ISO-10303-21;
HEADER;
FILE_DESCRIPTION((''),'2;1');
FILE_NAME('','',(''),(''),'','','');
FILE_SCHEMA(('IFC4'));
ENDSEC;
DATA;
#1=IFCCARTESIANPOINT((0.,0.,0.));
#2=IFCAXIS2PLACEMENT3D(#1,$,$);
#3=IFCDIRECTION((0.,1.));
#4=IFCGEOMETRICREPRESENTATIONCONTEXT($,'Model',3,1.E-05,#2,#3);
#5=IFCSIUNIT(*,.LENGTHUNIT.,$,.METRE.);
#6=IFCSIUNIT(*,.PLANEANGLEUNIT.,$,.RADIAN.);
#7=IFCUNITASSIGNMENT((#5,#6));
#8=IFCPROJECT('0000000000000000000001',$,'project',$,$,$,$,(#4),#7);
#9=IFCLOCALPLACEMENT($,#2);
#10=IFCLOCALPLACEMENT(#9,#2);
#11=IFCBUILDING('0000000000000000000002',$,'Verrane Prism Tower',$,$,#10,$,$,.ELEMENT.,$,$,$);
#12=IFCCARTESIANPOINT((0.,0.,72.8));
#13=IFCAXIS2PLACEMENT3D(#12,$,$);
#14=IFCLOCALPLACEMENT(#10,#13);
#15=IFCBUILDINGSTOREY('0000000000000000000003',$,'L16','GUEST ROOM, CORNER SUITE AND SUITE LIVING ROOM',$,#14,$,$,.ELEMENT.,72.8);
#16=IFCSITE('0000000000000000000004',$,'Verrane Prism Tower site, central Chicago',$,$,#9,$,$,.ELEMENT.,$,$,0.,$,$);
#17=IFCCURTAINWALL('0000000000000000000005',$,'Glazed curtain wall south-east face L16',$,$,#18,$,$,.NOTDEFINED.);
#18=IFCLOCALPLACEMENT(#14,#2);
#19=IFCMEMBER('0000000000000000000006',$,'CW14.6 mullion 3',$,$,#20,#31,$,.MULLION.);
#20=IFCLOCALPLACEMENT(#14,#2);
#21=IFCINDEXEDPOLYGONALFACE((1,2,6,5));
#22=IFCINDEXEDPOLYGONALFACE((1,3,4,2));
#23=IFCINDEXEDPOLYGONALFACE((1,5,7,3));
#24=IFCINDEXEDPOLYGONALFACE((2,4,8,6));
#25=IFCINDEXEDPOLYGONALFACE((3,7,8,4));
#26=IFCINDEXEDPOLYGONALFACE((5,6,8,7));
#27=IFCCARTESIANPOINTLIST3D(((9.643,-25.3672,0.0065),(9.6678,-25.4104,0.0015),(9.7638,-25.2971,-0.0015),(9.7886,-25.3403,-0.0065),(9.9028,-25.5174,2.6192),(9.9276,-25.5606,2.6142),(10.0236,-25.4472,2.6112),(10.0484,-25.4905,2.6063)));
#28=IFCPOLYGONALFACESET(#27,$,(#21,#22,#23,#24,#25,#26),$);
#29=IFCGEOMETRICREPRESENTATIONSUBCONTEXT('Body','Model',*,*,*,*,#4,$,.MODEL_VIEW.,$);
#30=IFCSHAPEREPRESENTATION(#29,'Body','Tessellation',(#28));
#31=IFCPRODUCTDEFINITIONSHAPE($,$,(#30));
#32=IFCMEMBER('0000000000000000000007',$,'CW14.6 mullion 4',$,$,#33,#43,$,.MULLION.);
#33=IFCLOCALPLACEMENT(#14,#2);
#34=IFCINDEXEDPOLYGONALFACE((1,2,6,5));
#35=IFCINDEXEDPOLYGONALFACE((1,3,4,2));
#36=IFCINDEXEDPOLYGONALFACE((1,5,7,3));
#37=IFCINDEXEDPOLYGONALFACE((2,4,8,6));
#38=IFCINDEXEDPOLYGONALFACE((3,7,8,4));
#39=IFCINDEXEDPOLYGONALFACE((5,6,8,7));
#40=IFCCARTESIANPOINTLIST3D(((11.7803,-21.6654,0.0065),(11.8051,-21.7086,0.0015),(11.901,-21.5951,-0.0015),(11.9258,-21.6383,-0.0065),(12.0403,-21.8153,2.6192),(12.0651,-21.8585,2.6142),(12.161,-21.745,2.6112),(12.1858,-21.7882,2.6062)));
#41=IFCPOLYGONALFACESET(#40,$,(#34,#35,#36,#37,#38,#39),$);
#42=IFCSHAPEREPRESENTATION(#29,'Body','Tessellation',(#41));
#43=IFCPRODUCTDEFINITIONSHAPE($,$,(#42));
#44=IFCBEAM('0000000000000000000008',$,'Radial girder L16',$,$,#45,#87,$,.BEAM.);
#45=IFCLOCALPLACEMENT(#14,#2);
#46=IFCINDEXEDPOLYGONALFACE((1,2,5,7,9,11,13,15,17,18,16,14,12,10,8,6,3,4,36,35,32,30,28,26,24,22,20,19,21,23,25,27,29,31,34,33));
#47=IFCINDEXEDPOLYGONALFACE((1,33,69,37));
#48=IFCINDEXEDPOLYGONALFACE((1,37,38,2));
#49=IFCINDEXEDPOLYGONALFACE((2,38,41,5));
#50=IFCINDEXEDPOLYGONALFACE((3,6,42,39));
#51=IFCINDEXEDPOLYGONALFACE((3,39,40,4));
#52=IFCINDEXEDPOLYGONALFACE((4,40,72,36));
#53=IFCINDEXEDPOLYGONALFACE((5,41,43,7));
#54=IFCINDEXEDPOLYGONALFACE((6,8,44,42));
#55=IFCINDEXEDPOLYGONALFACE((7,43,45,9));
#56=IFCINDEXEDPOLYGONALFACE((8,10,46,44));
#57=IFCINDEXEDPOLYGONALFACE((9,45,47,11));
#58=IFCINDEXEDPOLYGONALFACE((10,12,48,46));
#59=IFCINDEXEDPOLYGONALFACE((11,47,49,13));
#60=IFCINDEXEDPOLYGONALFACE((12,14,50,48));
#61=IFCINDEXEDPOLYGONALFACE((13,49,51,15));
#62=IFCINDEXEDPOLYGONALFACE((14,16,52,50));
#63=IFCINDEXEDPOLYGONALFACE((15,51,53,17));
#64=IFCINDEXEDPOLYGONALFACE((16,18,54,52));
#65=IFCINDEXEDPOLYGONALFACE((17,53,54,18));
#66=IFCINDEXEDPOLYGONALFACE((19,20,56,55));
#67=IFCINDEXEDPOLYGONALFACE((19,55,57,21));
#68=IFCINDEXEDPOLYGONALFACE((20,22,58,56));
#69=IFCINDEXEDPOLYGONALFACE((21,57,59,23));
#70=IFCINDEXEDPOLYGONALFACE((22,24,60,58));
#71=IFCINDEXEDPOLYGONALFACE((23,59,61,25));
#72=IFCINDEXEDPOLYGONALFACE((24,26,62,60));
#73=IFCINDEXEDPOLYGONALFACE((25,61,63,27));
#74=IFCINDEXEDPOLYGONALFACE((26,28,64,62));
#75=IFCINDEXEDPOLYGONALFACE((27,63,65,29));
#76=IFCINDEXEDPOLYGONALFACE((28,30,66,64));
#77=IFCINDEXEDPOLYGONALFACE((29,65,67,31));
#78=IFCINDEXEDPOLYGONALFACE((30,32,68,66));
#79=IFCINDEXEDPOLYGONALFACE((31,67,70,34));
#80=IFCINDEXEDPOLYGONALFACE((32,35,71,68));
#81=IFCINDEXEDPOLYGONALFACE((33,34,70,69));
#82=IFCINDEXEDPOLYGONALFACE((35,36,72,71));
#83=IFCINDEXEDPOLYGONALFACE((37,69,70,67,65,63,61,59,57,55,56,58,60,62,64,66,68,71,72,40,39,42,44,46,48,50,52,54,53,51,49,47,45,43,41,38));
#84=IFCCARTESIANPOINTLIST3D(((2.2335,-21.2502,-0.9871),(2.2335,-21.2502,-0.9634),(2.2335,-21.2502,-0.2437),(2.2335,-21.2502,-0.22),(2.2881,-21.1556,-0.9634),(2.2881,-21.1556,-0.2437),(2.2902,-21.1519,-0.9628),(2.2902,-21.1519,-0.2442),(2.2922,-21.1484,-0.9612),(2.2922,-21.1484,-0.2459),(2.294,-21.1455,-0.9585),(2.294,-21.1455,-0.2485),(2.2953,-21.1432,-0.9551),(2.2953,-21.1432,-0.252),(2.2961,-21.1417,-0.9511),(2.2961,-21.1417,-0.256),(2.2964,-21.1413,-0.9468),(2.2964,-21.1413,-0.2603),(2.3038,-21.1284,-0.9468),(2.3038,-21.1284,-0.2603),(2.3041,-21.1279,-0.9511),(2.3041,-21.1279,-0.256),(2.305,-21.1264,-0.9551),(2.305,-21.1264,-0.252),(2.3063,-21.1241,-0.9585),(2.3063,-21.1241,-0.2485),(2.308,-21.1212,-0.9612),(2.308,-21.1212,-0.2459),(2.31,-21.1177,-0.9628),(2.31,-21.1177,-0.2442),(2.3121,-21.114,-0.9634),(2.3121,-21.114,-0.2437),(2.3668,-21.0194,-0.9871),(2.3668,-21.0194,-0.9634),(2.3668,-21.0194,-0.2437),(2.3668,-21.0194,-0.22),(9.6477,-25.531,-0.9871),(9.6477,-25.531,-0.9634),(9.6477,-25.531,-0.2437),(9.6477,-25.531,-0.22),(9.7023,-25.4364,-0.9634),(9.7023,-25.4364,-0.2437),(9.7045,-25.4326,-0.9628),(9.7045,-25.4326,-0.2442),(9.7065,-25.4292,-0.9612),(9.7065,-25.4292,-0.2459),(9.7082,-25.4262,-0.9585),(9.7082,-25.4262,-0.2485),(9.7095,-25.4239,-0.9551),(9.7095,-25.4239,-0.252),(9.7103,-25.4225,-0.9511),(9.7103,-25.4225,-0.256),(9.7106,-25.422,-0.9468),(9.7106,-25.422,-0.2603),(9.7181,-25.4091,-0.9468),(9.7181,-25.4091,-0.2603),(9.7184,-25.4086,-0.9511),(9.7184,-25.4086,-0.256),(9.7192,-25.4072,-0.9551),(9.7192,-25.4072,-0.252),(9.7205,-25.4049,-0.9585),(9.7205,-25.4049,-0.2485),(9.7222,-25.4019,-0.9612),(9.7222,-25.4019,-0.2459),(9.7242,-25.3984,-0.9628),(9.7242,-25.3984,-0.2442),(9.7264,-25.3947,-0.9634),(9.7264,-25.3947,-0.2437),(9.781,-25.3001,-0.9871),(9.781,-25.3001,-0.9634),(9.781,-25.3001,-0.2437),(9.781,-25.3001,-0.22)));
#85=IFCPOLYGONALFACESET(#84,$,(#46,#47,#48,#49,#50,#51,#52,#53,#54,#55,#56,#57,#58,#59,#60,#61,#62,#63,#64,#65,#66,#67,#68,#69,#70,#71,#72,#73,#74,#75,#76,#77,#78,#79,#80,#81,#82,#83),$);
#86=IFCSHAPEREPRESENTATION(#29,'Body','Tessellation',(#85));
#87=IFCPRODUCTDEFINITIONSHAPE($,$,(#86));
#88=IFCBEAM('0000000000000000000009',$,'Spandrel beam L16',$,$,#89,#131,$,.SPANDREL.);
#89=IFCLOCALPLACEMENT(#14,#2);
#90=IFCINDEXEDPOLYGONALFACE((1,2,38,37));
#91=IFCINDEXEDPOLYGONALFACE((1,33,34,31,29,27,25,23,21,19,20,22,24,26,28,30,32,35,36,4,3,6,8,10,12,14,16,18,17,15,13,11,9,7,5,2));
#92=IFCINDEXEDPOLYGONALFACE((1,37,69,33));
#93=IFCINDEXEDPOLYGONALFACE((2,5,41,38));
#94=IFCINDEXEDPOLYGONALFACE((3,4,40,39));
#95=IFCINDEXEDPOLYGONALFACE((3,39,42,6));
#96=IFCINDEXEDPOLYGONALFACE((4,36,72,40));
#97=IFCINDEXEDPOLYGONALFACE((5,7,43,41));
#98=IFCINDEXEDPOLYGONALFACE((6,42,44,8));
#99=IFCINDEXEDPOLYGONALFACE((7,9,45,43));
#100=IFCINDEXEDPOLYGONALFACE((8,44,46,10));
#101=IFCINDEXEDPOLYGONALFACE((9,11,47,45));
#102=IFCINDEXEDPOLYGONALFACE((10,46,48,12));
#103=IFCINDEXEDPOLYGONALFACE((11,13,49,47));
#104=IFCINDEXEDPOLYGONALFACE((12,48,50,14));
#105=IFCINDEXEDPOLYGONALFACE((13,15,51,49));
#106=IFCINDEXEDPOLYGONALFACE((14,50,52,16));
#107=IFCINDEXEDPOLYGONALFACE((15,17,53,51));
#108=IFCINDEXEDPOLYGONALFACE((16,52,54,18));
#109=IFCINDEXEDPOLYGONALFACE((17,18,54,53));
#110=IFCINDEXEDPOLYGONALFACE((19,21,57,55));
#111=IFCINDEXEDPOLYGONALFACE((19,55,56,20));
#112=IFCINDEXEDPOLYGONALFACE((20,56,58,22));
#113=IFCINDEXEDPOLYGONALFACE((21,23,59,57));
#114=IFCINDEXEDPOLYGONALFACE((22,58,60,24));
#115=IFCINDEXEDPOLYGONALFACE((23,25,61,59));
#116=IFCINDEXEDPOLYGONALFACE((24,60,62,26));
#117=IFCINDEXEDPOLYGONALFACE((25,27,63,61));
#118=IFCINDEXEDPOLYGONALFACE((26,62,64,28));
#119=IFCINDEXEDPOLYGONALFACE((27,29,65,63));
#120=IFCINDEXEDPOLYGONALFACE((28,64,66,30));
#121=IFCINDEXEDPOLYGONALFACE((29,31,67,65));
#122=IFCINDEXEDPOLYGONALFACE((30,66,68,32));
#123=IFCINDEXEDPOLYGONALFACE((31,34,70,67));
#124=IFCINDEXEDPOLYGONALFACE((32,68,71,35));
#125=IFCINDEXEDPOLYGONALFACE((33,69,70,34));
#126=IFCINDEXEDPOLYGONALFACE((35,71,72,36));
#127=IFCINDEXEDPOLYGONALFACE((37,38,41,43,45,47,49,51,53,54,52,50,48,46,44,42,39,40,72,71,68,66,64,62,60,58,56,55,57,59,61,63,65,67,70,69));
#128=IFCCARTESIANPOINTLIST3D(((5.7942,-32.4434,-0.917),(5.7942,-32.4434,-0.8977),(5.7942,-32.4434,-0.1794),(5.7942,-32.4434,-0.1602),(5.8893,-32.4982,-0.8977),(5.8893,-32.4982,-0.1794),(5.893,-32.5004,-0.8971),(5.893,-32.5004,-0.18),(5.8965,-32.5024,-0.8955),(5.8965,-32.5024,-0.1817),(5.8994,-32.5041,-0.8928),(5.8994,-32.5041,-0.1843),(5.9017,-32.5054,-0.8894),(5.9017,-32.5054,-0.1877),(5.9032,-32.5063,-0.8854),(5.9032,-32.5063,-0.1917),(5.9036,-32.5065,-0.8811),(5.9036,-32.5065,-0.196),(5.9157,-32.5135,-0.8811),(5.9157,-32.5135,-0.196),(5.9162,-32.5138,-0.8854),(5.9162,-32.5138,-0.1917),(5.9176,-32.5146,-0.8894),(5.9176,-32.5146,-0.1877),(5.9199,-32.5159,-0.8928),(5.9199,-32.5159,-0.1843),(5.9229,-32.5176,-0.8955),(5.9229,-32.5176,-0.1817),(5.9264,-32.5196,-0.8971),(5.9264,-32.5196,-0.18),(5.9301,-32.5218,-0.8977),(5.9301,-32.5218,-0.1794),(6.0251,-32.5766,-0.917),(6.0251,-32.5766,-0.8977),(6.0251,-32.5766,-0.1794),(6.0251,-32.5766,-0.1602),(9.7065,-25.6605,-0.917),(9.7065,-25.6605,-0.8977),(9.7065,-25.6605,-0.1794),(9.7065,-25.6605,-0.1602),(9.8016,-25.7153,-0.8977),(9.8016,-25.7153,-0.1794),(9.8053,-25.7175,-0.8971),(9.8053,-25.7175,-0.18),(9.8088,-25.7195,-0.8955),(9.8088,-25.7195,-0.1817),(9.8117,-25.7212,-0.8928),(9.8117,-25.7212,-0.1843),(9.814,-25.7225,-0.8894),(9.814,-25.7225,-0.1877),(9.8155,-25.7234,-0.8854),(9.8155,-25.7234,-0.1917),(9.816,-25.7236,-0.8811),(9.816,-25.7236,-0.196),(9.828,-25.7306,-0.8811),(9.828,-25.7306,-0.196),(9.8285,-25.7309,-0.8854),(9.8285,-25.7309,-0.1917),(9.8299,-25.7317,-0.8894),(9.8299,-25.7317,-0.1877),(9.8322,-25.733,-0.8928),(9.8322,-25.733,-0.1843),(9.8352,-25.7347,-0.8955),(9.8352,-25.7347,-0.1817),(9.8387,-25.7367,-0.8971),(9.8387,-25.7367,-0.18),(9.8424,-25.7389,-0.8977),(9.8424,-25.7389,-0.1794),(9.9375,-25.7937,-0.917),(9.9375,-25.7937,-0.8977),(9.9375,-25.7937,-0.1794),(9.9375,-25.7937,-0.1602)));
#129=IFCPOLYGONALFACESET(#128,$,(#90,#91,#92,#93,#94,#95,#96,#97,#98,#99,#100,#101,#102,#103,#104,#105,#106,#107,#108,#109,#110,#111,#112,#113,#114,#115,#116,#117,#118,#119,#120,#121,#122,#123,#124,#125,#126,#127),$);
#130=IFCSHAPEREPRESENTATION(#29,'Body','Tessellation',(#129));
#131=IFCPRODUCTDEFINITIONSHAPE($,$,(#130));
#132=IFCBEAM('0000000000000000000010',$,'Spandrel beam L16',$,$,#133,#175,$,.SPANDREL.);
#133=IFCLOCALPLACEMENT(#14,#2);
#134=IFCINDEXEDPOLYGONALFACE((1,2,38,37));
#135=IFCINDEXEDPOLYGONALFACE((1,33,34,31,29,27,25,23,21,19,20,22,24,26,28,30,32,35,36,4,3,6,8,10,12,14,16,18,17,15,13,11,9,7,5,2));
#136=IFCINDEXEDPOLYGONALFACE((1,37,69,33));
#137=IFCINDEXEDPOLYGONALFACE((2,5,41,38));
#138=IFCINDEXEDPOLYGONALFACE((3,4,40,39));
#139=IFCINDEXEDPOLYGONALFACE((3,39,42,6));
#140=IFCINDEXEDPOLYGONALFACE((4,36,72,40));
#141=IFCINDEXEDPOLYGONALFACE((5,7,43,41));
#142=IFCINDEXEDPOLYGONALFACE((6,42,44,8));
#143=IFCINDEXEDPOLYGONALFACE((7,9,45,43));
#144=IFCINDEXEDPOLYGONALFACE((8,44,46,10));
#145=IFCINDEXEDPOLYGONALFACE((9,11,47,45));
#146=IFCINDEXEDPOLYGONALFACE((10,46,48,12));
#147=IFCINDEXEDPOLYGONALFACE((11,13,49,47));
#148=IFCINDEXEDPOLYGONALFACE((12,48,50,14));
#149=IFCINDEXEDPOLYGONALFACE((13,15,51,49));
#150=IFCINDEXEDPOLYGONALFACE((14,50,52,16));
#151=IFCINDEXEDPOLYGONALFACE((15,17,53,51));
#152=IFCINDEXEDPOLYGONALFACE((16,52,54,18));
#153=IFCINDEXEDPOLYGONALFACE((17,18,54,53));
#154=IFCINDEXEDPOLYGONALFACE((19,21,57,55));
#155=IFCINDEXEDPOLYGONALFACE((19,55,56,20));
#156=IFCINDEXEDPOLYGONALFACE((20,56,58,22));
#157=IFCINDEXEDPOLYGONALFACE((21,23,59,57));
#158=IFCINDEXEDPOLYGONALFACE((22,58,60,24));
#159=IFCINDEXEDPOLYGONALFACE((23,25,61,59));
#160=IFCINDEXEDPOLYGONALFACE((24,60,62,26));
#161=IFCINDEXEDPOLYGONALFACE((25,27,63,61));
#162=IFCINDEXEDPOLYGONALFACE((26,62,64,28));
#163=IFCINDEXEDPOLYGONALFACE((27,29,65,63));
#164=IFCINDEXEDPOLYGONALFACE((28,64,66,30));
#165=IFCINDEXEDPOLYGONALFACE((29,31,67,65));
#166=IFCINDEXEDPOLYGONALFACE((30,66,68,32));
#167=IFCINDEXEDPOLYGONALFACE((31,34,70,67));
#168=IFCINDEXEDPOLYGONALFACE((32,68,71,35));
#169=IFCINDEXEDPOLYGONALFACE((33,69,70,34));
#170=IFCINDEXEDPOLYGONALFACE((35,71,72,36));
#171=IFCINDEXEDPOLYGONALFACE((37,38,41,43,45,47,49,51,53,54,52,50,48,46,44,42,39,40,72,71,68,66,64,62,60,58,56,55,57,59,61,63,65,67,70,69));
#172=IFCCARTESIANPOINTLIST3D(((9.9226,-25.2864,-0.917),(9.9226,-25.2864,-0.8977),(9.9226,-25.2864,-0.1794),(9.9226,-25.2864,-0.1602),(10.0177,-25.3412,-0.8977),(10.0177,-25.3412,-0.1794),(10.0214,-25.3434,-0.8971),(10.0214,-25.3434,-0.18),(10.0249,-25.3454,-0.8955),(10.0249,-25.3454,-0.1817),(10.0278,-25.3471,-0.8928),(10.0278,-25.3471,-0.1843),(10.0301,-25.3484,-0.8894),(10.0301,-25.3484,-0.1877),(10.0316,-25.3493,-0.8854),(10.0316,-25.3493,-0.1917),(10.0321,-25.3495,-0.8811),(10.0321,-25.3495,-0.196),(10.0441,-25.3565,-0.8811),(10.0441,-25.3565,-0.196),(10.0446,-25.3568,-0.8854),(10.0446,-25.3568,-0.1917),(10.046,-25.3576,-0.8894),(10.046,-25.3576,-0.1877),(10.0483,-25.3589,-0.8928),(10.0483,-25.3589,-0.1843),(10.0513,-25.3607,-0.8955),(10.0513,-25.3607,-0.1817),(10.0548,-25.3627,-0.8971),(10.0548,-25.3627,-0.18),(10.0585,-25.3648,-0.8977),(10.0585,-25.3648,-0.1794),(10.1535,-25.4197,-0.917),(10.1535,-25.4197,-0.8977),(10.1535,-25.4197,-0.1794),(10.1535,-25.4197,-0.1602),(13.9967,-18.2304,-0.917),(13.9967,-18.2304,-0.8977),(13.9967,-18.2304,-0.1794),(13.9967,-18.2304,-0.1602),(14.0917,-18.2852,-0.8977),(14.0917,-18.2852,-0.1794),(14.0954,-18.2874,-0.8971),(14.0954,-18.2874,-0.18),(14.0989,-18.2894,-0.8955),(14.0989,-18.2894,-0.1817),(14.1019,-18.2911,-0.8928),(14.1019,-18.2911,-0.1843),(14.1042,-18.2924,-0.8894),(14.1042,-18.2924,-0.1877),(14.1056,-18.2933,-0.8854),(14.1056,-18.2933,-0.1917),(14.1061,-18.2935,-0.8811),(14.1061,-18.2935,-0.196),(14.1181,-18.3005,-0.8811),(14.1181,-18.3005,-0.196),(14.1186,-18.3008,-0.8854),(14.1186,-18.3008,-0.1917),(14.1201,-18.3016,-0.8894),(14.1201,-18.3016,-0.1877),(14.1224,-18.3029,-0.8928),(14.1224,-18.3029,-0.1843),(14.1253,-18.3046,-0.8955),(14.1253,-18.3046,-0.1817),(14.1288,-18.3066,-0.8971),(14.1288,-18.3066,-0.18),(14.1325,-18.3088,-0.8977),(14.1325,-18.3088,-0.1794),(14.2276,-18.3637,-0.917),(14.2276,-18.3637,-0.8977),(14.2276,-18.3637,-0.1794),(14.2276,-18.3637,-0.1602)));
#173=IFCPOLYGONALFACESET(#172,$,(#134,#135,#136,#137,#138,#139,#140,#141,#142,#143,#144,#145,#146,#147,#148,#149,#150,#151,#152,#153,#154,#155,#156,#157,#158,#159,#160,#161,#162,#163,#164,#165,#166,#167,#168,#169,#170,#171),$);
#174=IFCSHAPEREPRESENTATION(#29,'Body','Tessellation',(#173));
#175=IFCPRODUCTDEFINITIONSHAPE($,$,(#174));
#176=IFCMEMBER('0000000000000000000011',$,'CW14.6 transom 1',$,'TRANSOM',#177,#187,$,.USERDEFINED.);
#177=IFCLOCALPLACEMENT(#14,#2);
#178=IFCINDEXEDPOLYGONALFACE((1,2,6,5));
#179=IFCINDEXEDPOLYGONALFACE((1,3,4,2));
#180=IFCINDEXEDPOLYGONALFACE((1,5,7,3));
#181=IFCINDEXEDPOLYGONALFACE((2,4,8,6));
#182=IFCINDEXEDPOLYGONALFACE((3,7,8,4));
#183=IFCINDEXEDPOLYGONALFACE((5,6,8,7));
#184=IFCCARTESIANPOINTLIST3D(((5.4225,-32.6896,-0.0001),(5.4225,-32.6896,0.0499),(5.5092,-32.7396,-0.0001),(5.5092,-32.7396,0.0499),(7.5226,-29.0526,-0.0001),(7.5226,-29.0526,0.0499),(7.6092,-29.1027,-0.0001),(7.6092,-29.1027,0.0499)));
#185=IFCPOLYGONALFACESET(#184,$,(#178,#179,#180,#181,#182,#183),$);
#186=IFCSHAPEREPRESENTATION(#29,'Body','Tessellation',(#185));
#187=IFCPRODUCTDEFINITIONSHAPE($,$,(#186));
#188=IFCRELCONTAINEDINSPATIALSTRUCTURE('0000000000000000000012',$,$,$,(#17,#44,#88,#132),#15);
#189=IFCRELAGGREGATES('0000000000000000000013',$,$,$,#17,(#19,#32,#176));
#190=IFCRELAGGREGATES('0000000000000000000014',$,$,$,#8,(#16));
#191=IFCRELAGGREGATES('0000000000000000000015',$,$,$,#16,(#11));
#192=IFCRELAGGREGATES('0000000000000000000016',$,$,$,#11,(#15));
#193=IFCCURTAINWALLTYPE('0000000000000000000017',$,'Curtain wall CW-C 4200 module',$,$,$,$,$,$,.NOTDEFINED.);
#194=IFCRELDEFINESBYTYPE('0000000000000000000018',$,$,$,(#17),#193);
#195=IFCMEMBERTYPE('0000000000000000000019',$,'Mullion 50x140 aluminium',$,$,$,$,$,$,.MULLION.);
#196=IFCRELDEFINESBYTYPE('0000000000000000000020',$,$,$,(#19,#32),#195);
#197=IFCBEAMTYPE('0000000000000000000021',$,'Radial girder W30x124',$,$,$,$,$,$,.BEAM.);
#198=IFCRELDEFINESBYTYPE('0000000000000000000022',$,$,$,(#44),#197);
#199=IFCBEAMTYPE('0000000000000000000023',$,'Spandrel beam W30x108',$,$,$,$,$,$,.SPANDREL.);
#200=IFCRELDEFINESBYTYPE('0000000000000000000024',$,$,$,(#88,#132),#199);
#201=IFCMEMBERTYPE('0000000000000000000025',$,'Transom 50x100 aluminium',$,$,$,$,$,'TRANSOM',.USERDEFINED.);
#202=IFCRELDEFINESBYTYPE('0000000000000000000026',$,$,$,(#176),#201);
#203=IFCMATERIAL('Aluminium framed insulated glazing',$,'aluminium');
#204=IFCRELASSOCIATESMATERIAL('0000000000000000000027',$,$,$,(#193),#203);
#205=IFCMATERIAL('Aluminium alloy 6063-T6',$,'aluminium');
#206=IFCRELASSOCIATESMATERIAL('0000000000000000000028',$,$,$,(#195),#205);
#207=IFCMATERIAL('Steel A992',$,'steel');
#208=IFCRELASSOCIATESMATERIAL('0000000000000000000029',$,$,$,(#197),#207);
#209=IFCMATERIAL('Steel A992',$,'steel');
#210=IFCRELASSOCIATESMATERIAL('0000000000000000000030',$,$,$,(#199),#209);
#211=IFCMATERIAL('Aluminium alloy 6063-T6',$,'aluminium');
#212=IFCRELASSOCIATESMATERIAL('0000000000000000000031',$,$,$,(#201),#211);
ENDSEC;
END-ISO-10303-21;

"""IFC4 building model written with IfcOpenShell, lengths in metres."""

from ifc_helpers import new_model, si_unit, direction, frame, origin, origin_2d, place, context, subcontext, project, spatial, rectangle, i_section, extrude, material, material_profile, profile_set, type_object, element, aggregate, save


model = new_model("IFC4")

# Units and contexts
model_context = context("Model", 3, precision=1e-05, world=origin(), true_north=direction((0.0, 1.0)))
body_context = subcontext(model_context, "Body", "Model", "MODEL_VIEW")
ifc_project = project(units=[si_unit("LENGTHUNIT", "METRE"), si_unit("PLANEANGLEUNIT", "RADIAN")], contexts=[model_context])

# Site, building, storey
site_placement = place(None, origin())
site = spatial("IfcSite", under=ifc_project, at=site_placement, Name="Verrane Prism Tower site, central Chicago", CompositionType="ELEMENT", RefElevation=0.0)
building_placement = place(site_placement, origin())
building = spatial("IfcBuilding", under=site, at=building_placement, Name="Verrane Prism Tower", CompositionType="ELEMENT")
storey_placement = place(building_placement, frame((0.0, 0.0, 72.8)))
storey = spatial("IfcBuildingStorey", under=building, at=storey_placement, Name="L16", Description="GUEST ROOM, CORNER SUITE AND SUITE LIVING ROOM", CompositionType="ELEMENT", Elevation=72.8)

# Curtain wall, members
ifc_material_1 = material(Name="Aluminium framed insulated glazing", Category="aluminium")
curtain_wall_type = type_object("IfcCurtainWallType", Name="Curtain wall CW-C 4200 module", PredefinedType="NOTDEFINED", material=ifc_material_1)
curtain_wall_placement = place(storey_placement, origin())
curtain_wall = element("IfcCurtainWall", 1, at=curtain_wall_placement, inside=storey, type_object=curtain_wall_type, Name="Glazed curtain wall south-east face L16", PredefinedType="NOTDEFINED")
ifc_material_2 = material(Name="Aluminium alloy 6063-T6", Category="aluminium")
ifc_material_profile_1 = material_profile(ifc_material_2, rectangle(XDim=0.1399, YDim=0.05, at=origin_2d()), Name="Mullion 50x140 aluminium")
ifc_profile_set_1 = profile_set([ifc_material_profile_1], Name="Aluminium alloy 6063-T6")
member_type_1 = type_object("IfcMemberType", Name="Mullion 50x140 aluminium", PredefinedType="MULLION", material=ifc_profile_set_1)
member_1_placement = place(storey_placement, frame((9.7158, -25.3538, 0.0), z_axis=(0.098772, -0.057091, 0.993471), x_axis=(-0.863446, -0.501207, 0.057042)))
member_1 = element("IfcMember", 2, at=member_1_placement, type_object=member_type_1, Name="CW14.6 mullion 3", PredefinedType="MULLION", context=body_context, shape_type="SweptSolid", body=[
    extrude(rectangle(XDim=0.1399, YDim=0.05, at=origin_2d()), origin(), (0.0, 0.0, 1.0), 2.6299),
])
member_2_placement = place(storey_placement, frame((11.853, -21.6519, 0.0), z_axis=(0.098864, -0.056998, 0.993467), x_axis=(-0.862886, -0.502167, 0.057059)))
member_2 = element("IfcMember", 3, at=member_2_placement, type_object=member_type_1, Name="CW14.6 mullion 4", PredefinedType="MULLION", context=body_context, shape_type="SweptSolid", body=[
    extrude(rectangle(XDim=0.1399, YDim=0.05, at=origin_2d()), origin(), (0.0, 0.0, 1.0), 2.6299),
])

# Beams
ifc_material_3 = material(Name="Steel A992", Category="steel")
ifc_material_profile_2 = material_profile(ifc_material_3, i_section(OverallWidth=0.2666, OverallDepth=0.7671, WebThickness=0.0149, FlangeThickness=0.0237, FilletRadius=0.0166, at=origin_2d()), Name="W30x124")
ifc_profile_set_2 = profile_set([ifc_material_profile_2], Name="Steel A992")
beam_type_1 = type_object("IfcBeamType", Name="Radial girder W30x124", PredefinedType="BEAM", material=ifc_profile_set_2)
beam_1_placement = place(storey_placement, frame((9.7144, -25.4155, -0.6035), z_axis=(-0.86602, 0.50001, 0.0), x_axis=(-0.50001, -0.86602, 0.0)))
element("IfcBeam", 4, at=beam_1_placement, inside=storey, type_object=beam_type_1, Name="Radial girder L16", PredefinedType="BEAM", context=body_context, shape_type="SweptSolid", body=[
    extrude(i_section(OverallWidth=0.2666, OverallDepth=0.7671, WebThickness=0.0149, FlangeThickness=0.0237, FilletRadius=0.0166, at=origin_2d()), origin(), (0.0, 0.0, 1.0), 8.5613),
])
ifc_material_4 = material(Name="Steel A992", Category="steel")
ifc_material_profile_3 = material_profile(ifc_material_4, i_section(OverallWidth=0.2666, OverallDepth=0.7568, WebThickness=0.0139, FlangeThickness=0.0193, FilletRadius=0.0166, at=origin_2d()), Name="W30x108")
ifc_profile_set_3 = profile_set([ifc_material_profile_3], Name="Steel A992")
beam_type_2 = type_object("IfcBeamType", Name="Spandrel beam W30x108", PredefinedType="SPANDREL", material=ifc_profile_set_3)
beam_2_placement = place(storey_placement, frame((5.9097, -32.51, -0.5386), z_axis=(0.499637, 0.866235, 0.0), x_axis=(-0.866235, 0.499637, 0.0)))
element("IfcBeam", 5, at=beam_2_placement, inside=storey, type_object=beam_type_2, Name="Spandrel beam L16", PredefinedType="SPANDREL", context=body_context, shape_type="SweptSolid", body=[
    extrude(i_section(OverallWidth=0.2666, OverallDepth=0.7568, WebThickness=0.0139, FlangeThickness=0.0193, FilletRadius=0.0166, at=origin_2d()), origin(), (0.0, 0.0, 1.0), 7.8303),
])
beam_3_placement = place(storey_placement, frame((10.0381, -25.353, -0.5386), z_axis=(0.500022, 0.866012, 0.0), x_axis=(-0.866012, 0.500022, 0.0)))
element("IfcBeam", 6, at=beam_3_placement, inside=storey, type_object=beam_type_2, Name="Spandrel beam L16", PredefinedType="SPANDREL", context=body_context, shape_type="SweptSolid", body=[
    extrude(i_section(OverallWidth=0.2666, OverallDepth=0.7568, WebThickness=0.0139, FlangeThickness=0.0193, FilletRadius=0.0166, at=origin_2d()), origin(), (0.0, 0.0, 1.0), 8.1477),
])

# Member
ifc_material_5 = material(Name="Aluminium alloy 6063-T6", Category="aluminium")
ifc_material_profile_4 = material_profile(ifc_material_5, rectangle(XDim=0.1001, YDim=0.05, at=origin_2d()), Name="Transom 50x100 aluminium")
ifc_profile_set_4 = profile_set([ifc_material_profile_4], Name="Aluminium alloy 6063-T6")
member_type_2 = type_object("IfcMemberType", Name="Transom 50x100 aluminium", ElementType="TRANSOM", PredefinedType="USERDEFINED", material=ifc_profile_set_4)
member_3_placement = place(storey_placement, frame((5.4658, -32.7146, 0.0249), z_axis=(0.500053, 0.865995, 0.0), x_axis=(-0.865995, 0.500053, 0.0)))
member_3 = element("IfcMember", 7, at=member_3_placement, type_object=member_type_2, Name="CW14.6 transom 1", ObjectType="TRANSOM", PredefinedType="USERDEFINED", context=body_context, shape_type="SweptSolid", body=[
    extrude(rectangle(XDim=0.1001, YDim=0.05, at=origin_2d()), origin(), (0.0, 0.0, 1.0), 4.1997),
])

aggregate(curtain_wall, [member_1, member_2, member_3])

save(model, "model.ifc")
